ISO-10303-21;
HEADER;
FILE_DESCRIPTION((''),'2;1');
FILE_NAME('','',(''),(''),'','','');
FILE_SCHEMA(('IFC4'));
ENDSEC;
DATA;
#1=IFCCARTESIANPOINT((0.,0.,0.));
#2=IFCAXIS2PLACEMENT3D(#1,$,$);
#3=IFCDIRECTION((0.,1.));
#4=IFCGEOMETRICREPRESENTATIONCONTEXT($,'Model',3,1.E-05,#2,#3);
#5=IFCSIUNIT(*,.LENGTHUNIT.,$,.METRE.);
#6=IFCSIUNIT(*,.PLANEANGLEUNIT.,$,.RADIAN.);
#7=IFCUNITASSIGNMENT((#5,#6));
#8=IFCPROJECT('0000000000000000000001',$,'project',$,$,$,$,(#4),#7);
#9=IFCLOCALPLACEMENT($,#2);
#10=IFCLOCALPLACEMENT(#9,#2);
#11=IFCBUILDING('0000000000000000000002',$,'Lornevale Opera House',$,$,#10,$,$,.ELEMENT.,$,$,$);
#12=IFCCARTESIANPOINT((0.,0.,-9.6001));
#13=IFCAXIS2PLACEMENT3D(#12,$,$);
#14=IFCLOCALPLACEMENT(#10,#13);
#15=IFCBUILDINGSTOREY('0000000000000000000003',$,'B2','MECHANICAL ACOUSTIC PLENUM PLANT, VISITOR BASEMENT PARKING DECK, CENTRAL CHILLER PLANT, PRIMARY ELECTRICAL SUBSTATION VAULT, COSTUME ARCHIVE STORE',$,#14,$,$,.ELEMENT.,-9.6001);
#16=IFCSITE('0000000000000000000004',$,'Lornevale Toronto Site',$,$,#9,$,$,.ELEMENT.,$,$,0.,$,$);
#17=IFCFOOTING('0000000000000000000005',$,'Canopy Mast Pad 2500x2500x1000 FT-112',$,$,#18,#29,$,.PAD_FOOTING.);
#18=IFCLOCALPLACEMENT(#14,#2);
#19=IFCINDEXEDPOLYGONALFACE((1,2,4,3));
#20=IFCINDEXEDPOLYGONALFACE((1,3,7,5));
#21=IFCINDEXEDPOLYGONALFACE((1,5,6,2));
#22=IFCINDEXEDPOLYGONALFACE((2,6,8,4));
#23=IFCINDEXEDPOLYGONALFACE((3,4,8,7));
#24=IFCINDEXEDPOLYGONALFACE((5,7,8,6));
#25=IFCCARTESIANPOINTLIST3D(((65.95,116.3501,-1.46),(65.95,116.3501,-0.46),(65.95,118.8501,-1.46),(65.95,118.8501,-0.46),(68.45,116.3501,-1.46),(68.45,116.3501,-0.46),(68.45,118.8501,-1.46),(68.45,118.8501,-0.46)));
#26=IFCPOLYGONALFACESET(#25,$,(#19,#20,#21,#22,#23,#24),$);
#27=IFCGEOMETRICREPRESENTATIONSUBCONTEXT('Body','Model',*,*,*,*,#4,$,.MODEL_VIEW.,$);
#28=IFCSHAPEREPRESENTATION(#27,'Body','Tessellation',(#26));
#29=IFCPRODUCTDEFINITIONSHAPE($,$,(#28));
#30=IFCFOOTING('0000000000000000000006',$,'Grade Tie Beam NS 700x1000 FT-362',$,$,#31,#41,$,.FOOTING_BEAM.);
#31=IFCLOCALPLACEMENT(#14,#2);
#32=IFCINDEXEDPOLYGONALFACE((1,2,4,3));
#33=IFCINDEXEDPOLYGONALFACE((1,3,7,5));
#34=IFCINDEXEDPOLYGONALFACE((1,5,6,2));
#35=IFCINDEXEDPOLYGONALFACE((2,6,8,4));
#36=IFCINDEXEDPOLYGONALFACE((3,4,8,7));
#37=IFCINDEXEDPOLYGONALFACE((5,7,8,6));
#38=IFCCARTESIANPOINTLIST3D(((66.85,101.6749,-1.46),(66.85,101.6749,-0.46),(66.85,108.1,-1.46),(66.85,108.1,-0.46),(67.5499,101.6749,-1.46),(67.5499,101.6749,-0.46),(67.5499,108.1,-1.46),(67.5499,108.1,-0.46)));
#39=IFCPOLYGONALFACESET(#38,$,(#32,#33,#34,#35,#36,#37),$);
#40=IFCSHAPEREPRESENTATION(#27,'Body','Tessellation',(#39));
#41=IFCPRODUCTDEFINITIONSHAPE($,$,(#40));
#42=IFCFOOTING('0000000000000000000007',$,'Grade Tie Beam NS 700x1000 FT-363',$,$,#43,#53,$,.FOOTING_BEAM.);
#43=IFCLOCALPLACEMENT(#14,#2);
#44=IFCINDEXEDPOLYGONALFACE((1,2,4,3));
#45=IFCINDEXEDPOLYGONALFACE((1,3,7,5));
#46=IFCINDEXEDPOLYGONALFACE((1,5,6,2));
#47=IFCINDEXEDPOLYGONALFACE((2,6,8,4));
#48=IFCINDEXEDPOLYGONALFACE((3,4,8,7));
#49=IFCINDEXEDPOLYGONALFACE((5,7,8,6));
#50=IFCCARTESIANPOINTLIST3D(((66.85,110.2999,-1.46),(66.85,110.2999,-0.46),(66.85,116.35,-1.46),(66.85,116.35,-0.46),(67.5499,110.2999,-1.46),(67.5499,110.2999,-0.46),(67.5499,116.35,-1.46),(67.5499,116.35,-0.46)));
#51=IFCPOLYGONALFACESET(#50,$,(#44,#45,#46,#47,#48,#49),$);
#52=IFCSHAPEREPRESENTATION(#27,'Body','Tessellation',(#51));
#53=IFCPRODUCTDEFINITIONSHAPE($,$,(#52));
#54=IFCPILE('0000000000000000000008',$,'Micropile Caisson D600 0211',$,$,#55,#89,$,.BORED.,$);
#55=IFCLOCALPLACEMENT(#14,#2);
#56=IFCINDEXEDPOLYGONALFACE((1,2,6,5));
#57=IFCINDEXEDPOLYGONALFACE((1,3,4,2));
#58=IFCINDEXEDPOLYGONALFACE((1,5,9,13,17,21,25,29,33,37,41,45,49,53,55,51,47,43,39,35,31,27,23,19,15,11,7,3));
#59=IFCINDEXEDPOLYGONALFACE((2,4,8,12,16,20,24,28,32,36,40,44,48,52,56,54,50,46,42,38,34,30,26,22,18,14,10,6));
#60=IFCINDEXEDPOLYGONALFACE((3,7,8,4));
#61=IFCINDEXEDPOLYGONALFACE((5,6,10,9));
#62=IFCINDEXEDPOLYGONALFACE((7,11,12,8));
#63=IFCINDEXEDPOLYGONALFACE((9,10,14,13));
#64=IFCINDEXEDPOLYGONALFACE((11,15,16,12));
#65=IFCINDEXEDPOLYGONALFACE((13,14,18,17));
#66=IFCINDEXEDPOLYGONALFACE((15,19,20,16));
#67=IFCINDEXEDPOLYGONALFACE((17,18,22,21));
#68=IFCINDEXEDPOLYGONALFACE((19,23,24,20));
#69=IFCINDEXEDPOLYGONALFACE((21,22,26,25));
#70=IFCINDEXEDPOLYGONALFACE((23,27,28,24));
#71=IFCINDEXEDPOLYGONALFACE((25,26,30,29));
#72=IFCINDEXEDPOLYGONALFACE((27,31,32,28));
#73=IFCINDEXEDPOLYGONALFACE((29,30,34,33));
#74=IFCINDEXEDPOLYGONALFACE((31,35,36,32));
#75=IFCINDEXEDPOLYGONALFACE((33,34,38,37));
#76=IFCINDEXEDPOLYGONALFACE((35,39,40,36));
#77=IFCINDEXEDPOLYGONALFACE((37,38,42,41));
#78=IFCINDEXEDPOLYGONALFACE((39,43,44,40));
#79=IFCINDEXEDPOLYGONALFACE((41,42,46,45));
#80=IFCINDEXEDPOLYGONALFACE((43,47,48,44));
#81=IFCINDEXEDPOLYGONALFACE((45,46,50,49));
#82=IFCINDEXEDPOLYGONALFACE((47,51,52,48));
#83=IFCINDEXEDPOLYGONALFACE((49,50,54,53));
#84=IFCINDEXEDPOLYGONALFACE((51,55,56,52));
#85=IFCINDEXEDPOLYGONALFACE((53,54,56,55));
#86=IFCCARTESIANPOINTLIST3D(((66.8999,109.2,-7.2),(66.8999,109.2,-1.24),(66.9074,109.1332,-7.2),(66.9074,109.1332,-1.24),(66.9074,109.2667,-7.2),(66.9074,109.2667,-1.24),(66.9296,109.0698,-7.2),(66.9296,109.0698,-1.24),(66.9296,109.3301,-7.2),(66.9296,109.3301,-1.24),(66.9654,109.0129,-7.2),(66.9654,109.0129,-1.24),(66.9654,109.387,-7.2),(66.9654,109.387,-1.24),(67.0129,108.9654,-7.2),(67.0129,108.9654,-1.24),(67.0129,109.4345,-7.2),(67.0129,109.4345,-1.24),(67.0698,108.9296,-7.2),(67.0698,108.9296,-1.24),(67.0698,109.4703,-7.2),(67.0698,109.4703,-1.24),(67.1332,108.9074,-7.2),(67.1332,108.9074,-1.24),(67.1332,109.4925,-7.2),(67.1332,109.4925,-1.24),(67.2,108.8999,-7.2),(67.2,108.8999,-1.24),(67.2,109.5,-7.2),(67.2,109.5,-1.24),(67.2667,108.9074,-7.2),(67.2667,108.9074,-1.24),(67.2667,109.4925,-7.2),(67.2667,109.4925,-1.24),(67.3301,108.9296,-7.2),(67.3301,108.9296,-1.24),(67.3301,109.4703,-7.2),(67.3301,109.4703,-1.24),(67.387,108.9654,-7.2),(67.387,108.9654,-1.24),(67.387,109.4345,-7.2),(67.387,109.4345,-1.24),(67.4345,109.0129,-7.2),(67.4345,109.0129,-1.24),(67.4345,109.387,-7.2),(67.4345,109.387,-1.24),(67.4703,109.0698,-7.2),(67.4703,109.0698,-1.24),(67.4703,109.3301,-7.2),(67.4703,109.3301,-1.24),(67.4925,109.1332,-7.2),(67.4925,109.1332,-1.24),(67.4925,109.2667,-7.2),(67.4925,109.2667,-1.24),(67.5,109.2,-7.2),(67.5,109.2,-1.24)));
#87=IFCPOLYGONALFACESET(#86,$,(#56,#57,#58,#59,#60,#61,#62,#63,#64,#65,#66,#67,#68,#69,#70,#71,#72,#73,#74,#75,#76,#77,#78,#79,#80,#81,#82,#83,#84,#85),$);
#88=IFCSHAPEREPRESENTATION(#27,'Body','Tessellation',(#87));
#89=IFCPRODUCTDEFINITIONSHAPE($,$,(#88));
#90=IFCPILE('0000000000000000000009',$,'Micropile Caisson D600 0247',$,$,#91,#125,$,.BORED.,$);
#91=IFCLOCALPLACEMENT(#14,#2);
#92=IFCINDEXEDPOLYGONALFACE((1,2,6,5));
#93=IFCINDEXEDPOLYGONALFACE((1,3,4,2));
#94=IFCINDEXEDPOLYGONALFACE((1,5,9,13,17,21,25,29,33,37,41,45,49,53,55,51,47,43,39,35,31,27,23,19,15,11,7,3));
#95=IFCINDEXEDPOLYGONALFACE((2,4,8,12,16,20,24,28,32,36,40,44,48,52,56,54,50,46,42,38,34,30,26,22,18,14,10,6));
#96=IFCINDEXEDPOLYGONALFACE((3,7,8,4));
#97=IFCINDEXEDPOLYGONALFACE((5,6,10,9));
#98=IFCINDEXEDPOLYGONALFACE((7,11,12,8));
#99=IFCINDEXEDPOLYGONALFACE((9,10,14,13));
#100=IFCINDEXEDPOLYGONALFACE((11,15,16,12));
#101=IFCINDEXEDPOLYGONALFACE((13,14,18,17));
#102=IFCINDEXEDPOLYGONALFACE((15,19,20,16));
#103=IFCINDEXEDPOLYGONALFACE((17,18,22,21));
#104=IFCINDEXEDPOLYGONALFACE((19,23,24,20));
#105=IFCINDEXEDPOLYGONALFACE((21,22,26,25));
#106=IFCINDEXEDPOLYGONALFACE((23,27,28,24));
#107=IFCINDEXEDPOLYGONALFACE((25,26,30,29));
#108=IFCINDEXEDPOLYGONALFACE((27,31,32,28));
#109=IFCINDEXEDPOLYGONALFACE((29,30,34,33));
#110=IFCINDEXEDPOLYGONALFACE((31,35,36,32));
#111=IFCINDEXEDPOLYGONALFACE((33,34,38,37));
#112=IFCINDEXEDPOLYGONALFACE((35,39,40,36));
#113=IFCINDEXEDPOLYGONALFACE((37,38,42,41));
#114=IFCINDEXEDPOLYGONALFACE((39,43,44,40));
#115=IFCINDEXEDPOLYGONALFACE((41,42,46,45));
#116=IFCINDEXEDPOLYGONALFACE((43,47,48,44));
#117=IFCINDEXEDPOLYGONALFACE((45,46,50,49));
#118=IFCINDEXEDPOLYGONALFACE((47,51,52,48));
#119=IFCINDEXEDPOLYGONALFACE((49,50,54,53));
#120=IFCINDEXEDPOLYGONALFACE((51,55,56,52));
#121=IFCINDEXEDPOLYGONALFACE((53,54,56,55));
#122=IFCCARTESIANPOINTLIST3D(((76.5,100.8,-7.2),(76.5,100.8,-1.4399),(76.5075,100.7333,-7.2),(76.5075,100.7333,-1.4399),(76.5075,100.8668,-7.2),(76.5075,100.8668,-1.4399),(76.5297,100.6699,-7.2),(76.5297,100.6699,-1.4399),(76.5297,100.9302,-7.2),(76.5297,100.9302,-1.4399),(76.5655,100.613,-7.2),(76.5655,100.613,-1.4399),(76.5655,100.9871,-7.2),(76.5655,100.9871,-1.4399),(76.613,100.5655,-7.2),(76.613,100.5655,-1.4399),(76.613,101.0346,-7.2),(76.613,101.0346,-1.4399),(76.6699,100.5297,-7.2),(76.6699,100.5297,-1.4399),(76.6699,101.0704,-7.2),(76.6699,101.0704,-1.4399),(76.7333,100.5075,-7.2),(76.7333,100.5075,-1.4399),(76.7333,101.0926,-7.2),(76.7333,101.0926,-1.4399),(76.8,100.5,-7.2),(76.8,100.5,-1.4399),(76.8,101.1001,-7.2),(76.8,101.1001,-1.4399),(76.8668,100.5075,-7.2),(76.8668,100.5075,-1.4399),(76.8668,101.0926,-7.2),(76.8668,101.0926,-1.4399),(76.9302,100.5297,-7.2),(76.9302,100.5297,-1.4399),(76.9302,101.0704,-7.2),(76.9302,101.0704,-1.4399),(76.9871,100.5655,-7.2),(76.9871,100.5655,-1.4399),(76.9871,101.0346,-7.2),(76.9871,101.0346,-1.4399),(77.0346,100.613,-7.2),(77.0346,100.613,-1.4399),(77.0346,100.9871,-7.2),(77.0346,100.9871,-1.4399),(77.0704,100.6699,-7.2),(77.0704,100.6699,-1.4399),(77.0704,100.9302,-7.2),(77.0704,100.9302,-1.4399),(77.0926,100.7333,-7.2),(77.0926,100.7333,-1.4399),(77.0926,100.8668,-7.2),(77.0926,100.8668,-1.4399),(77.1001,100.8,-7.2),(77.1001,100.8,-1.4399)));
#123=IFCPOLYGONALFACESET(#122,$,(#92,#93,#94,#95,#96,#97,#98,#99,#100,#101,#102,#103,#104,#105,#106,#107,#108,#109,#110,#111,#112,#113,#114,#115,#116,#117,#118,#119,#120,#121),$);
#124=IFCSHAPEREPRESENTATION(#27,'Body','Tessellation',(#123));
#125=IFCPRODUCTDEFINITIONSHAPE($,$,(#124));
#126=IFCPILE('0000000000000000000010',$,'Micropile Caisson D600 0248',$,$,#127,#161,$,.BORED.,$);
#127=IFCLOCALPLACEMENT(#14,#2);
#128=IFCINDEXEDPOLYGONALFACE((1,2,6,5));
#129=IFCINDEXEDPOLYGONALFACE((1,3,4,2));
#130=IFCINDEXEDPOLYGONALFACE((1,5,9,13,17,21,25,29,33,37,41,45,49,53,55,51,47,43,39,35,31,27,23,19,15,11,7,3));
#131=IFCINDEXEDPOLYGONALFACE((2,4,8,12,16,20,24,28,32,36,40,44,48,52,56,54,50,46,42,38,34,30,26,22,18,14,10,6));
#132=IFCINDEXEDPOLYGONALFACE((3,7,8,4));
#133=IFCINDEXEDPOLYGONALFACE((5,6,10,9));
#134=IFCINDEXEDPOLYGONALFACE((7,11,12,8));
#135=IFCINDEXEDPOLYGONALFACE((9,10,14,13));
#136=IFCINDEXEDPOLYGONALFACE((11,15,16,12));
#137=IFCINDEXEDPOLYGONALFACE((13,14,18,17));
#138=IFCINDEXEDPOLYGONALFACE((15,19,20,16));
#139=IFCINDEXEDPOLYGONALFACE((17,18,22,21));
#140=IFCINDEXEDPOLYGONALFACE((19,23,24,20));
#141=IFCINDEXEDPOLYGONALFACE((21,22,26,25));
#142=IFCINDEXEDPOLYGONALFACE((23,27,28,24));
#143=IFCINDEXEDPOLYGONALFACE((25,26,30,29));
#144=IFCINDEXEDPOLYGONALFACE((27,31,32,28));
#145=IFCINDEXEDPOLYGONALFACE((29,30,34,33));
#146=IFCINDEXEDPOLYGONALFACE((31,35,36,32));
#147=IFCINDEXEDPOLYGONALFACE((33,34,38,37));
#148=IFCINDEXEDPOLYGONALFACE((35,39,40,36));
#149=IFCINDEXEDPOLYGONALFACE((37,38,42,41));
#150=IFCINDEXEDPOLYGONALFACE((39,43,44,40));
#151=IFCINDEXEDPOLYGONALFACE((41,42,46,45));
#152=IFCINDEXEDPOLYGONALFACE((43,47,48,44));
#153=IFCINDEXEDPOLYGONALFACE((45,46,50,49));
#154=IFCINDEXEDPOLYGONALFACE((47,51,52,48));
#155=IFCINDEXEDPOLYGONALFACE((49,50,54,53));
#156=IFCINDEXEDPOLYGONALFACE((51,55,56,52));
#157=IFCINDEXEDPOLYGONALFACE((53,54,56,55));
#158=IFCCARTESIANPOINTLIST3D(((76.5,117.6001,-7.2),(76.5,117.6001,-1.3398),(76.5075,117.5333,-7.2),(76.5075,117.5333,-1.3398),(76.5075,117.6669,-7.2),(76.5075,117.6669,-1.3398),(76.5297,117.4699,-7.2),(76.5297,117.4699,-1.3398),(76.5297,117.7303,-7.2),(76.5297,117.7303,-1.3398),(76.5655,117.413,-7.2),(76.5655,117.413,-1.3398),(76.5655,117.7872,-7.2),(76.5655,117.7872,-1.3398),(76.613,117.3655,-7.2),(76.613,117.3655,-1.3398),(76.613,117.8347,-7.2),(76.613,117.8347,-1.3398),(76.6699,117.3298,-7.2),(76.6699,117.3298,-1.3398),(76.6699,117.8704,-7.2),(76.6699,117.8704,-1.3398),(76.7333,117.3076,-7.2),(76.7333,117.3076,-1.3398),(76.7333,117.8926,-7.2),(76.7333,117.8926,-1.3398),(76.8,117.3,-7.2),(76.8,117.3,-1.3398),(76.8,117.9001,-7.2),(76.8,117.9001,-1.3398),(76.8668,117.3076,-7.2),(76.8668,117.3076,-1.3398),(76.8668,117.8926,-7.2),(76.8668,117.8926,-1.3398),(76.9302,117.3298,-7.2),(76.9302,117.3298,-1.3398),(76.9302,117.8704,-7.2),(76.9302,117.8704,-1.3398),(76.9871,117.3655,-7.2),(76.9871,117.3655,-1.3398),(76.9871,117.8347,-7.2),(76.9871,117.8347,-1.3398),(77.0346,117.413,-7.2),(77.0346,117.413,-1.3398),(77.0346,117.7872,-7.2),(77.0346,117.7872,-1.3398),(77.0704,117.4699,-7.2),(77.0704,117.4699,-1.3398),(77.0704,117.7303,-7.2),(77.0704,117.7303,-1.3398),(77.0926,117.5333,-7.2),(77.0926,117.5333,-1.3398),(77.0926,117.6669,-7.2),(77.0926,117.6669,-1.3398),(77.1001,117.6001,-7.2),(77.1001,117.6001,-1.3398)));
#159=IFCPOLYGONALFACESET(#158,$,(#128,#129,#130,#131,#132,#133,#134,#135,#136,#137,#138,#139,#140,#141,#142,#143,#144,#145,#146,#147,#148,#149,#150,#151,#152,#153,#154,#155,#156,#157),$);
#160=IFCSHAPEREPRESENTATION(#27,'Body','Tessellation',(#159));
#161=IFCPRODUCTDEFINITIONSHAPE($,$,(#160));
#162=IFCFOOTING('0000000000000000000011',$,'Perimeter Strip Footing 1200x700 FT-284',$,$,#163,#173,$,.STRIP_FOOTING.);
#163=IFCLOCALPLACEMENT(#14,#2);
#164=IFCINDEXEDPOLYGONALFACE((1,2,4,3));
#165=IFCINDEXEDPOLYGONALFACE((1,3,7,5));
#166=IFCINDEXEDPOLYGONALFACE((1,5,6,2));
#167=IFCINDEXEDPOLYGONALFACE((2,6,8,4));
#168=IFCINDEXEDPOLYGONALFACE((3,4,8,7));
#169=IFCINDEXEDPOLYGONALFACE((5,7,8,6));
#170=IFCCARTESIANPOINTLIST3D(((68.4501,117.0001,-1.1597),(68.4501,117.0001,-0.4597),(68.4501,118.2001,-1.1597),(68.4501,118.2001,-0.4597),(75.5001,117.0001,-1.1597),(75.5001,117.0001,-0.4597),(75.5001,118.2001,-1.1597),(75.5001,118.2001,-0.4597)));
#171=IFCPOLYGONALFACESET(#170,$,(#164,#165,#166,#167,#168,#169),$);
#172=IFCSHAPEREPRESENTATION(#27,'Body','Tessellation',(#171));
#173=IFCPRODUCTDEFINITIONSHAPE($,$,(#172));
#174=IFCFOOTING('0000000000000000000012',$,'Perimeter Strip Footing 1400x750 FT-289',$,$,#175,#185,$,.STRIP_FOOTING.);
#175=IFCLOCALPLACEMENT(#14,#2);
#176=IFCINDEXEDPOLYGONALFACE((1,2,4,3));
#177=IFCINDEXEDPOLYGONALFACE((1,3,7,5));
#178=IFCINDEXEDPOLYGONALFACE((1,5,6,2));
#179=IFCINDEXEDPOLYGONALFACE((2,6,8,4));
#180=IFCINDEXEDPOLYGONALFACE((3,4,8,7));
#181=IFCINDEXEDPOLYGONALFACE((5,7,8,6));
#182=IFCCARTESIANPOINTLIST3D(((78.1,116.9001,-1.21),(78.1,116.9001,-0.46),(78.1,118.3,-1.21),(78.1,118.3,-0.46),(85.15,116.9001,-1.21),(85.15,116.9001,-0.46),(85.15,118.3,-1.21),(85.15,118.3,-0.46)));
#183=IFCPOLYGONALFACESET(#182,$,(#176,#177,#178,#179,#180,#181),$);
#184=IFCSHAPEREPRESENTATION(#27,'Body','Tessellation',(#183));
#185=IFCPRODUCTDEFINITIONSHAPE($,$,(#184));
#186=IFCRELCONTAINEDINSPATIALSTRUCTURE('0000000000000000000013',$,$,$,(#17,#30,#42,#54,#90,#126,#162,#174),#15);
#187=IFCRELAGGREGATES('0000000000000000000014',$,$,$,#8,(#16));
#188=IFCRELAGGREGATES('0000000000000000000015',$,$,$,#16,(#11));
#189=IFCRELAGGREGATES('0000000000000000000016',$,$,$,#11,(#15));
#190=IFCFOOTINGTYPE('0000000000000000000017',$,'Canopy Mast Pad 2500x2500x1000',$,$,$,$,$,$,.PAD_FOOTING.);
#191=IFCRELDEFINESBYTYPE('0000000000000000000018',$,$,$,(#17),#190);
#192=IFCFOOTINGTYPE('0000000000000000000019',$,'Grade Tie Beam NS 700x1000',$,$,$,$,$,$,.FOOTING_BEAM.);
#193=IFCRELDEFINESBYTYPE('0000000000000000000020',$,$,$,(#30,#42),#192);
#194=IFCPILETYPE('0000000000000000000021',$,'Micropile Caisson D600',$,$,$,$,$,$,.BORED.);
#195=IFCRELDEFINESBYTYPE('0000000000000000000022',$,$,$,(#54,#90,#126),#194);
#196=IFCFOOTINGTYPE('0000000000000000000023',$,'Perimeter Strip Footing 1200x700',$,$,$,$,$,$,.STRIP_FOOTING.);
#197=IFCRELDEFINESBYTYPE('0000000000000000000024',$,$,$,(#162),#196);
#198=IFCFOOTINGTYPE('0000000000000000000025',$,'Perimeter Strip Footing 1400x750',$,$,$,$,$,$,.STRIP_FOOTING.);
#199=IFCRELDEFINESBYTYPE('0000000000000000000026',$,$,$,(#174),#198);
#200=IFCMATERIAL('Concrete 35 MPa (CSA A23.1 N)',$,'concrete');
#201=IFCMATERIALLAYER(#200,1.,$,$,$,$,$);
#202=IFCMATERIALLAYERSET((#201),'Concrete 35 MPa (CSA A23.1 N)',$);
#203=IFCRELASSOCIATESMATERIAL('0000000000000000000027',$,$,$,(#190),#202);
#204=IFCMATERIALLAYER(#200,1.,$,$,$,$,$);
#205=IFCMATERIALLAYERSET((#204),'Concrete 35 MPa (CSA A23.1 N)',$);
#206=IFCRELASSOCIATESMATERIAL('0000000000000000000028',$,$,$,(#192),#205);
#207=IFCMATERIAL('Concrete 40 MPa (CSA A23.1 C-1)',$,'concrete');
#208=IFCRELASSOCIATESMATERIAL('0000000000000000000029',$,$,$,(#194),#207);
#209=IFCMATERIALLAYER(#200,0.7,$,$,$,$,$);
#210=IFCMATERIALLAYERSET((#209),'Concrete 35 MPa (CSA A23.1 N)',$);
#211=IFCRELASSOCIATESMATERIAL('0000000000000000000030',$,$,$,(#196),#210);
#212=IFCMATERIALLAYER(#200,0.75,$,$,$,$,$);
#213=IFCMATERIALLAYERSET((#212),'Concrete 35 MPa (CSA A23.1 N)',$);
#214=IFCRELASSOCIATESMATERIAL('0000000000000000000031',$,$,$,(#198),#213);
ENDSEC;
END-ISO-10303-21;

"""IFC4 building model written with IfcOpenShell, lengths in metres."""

from ifc_helpers import new_model, si_unit, direction, frame, origin, origin_2d, place, context, subcontext, project, spatial, rectangle, circle, extrude, material, layer, layer_set, material_profile, profile_set, type_object, element, save


model = new_model("IFC4")

# Units and contexts
model_context = context("Model", 3, precision=1e-05, world=origin(), true_north=direction((0.0, 1.0)))
body_context = subcontext(model_context, "Body", "Model", "MODEL_VIEW")
ifc_project = project(units=[si_unit("LENGTHUNIT", "METRE"), si_unit("PLANEANGLEUNIT", "RADIAN")], contexts=[model_context])

# Site, building, storey
site_placement = place(None, origin())
site = spatial("IfcSite", under=ifc_project, at=site_placement, Name="Lornevale Toronto Site", CompositionType="ELEMENT", RefElevation=0.0)
building_placement = place(site_placement, origin())
building = spatial("IfcBuilding", under=site, at=building_placement, Name="Lornevale Opera House", CompositionType="ELEMENT")
storey_placement = place(building_placement, frame((0.0, 0.0, -9.6001)))
storey = spatial("IfcBuildingStorey", under=building, at=storey_placement, Name="B2", Description="MECHANICAL ACOUSTIC PLENUM PLANT, VISITOR BASEMENT PARKING DECK, CENTRAL CHILLER PLANT, PRIMARY ELECTRICAL SUBSTATION VAULT, COSTUME ARCHIVE STORE", CompositionType="ELEMENT", Elevation=-9.6001)

# Footings
ifc_material_1 = material(Name="Concrete 35 MPa (CSA A23.1 N)", Category="concrete")
ifc_layer_1 = layer(ifc_material_1, 1.0)
ifc_layer_set_1 = layer_set([ifc_layer_1], Name="Concrete 35 MPa (CSA A23.1 N)")
footing_type_1 = type_object("IfcFootingType", Name="Canopy Mast Pad 2500x2500x1000", PredefinedType="PAD_FOOTING", material=ifc_layer_set_1)
footing_1_placement = place(storey_placement, frame((67.2, 117.6001, -1.46), z_axis=(0.0, 0.0, 1.0), x_axis=(1.0, 0.0, 0.0)))
element("IfcFooting", 1, at=footing_1_placement, inside=storey, type_object=footing_type_1, Name="Canopy Mast Pad 2500x2500x1000 FT-112", PredefinedType="PAD_FOOTING", context=body_context, shape_type="SweptSolid", body=[
    extrude(rectangle(XDim=2.5, YDim=2.5, at=origin_2d()), origin(), (0.0, 0.0, 1.0), 1.0),
])
ifc_layer_2 = layer(ifc_material_1, 1.0)
ifc_layer_set_2 = layer_set([ifc_layer_2], Name="Concrete 35 MPa (CSA A23.1 N)")
footing_type_2 = type_object("IfcFootingType", Name="Grade Tie Beam NS 700x1000", PredefinedType="FOOTING_BEAM", material=ifc_layer_set_2)
footing_2_placement = place(storey_placement, frame((67.2, 104.8875, -1.46), z_axis=(0.0, 0.0, 1.0), x_axis=(1.0, 0.0, 0.0)))
element("IfcFooting", 2, at=footing_2_placement, inside=storey, type_object=footing_type_2, Name="Grade Tie Beam NS 700x1000 FT-362", PredefinedType="FOOTING_BEAM", context=body_context, shape_type="SweptSolid", body=[
    extrude(rectangle(XDim=0.7, YDim=6.425, at=origin_2d()), origin(), (0.0, 0.0, 1.0), 1.0),
])
footing_3_placement = place(storey_placement, frame((67.2, 113.325, -1.46), z_axis=(0.0, 0.0, 1.0), x_axis=(1.0, 0.0, 0.0)))
element("IfcFooting", 3, at=footing_3_placement, inside=storey, type_object=footing_type_2, Name="Grade Tie Beam NS 700x1000 FT-363", PredefinedType="FOOTING_BEAM", context=body_context, shape_type="SweptSolid", body=[
    extrude(rectangle(XDim=0.7, YDim=6.05, at=origin_2d()), origin(), (0.0, 0.0, 1.0), 1.0),
])

# Piles
ifc_material_2 = material(Name="Concrete 40 MPa (CSA A23.1 C-1)", Category="concrete")
ifc_material_profile_1 = material_profile(ifc_material_2, circle(Radius=0.3, at=origin_2d()), Name="CAIS600")
ifc_profile_set_1 = profile_set([ifc_material_profile_1], Name="Concrete 40 MPa (CSA A23.1 C-1)")
pile_type_1 = type_object("IfcPileType", Name="Micropile Caisson D600", PredefinedType="BORED", material=ifc_profile_set_1)
pile_1_placement = place(storey_placement, frame((67.2, 109.2, -1.24), z_axis=(0.0, 0.0, -1.0), x_axis=(1.0, 0.0, 0.0)))
element("IfcPile", 4, at=pile_1_placement, inside=storey, type_object=pile_type_1, Name="Micropile Caisson D600 0211", PredefinedType="BORED", context=body_context, shape_type="SweptSolid", body=[
    extrude(circle(Radius=0.3, at=origin_2d()), origin(), (0.0, 0.0, 1.0), 5.96),
])
pile_2_placement = place(storey_placement, frame((76.8, 100.8, -1.4399), z_axis=(0.0, 0.0, -1.0), x_axis=(1.0, 0.0, 0.0)))
element("IfcPile", 5, at=pile_2_placement, inside=storey, type_object=pile_type_1, Name="Micropile Caisson D600 0247", PredefinedType="BORED", context=body_context, shape_type="SweptSolid", body=[
    extrude(circle(Radius=0.3, at=origin_2d()), origin(), (0.0, 0.0, 1.0), 5.76),
])
pile_3_placement = place(storey_placement, frame((76.8, 117.6001, -1.3398), z_axis=(0.0, 0.0, -1.0), x_axis=(1.0, 0.0, 0.0)))
element("IfcPile", 6, at=pile_3_placement, inside=storey, type_object=pile_type_1, Name="Micropile Caisson D600 0248", PredefinedType="BORED", context=body_context, shape_type="SweptSolid", body=[
    extrude(circle(Radius=0.3, at=origin_2d()), origin(), (0.0, 0.0, 1.0), 5.8601),
])

# Footings
ifc_layer_3 = layer(ifc_material_1, 0.7)
ifc_layer_set_3 = layer_set([ifc_layer_3], Name="Concrete 35 MPa (CSA A23.1 N)")
footing_type_3 = type_object("IfcFootingType", Name="Perimeter Strip Footing 1200x700", PredefinedType="STRIP_FOOTING", material=ifc_layer_set_3)
footing_4_placement = place(storey_placement, frame((71.9751, 117.6001, -1.1597), z_axis=(0.0, 0.0, 1.0), x_axis=(1.0, 0.0, 0.0)))
element("IfcFooting", 7, at=footing_4_placement, inside=storey, type_object=footing_type_3, Name="Perimeter Strip Footing 1200x700 FT-284", PredefinedType="STRIP_FOOTING", context=body_context, shape_type="SweptSolid", body=[
    extrude(rectangle(XDim=7.05, YDim=1.2, at=origin_2d()), origin(), (0.0, 0.0, 1.0), 0.7),
])
ifc_layer_4 = layer(ifc_material_1, 0.75)
ifc_layer_set_4 = layer_set([ifc_layer_4], Name="Concrete 35 MPa (CSA A23.1 N)")
footing_type_4 = type_object("IfcFootingType", Name="Perimeter Strip Footing 1400x750", PredefinedType="STRIP_FOOTING", material=ifc_layer_set_4)
footing_5_placement = place(storey_placement, frame((81.625, 117.6001, -1.21), z_axis=(0.0, 0.0, 1.0), x_axis=(1.0, 0.0, 0.0)))
element("IfcFooting", 8, at=footing_5_placement, inside=storey, type_object=footing_type_4, Name="Perimeter Strip Footing 1400x750 FT-289", PredefinedType="STRIP_FOOTING", context=body_context, shape_type="SweptSolid", body=[
    extrude(rectangle(XDim=7.05, YDim=1.3999, at=origin_2d()), origin(), (0.0, 0.0, 1.0), 0.75),
])

save(model, "model.ifc")
